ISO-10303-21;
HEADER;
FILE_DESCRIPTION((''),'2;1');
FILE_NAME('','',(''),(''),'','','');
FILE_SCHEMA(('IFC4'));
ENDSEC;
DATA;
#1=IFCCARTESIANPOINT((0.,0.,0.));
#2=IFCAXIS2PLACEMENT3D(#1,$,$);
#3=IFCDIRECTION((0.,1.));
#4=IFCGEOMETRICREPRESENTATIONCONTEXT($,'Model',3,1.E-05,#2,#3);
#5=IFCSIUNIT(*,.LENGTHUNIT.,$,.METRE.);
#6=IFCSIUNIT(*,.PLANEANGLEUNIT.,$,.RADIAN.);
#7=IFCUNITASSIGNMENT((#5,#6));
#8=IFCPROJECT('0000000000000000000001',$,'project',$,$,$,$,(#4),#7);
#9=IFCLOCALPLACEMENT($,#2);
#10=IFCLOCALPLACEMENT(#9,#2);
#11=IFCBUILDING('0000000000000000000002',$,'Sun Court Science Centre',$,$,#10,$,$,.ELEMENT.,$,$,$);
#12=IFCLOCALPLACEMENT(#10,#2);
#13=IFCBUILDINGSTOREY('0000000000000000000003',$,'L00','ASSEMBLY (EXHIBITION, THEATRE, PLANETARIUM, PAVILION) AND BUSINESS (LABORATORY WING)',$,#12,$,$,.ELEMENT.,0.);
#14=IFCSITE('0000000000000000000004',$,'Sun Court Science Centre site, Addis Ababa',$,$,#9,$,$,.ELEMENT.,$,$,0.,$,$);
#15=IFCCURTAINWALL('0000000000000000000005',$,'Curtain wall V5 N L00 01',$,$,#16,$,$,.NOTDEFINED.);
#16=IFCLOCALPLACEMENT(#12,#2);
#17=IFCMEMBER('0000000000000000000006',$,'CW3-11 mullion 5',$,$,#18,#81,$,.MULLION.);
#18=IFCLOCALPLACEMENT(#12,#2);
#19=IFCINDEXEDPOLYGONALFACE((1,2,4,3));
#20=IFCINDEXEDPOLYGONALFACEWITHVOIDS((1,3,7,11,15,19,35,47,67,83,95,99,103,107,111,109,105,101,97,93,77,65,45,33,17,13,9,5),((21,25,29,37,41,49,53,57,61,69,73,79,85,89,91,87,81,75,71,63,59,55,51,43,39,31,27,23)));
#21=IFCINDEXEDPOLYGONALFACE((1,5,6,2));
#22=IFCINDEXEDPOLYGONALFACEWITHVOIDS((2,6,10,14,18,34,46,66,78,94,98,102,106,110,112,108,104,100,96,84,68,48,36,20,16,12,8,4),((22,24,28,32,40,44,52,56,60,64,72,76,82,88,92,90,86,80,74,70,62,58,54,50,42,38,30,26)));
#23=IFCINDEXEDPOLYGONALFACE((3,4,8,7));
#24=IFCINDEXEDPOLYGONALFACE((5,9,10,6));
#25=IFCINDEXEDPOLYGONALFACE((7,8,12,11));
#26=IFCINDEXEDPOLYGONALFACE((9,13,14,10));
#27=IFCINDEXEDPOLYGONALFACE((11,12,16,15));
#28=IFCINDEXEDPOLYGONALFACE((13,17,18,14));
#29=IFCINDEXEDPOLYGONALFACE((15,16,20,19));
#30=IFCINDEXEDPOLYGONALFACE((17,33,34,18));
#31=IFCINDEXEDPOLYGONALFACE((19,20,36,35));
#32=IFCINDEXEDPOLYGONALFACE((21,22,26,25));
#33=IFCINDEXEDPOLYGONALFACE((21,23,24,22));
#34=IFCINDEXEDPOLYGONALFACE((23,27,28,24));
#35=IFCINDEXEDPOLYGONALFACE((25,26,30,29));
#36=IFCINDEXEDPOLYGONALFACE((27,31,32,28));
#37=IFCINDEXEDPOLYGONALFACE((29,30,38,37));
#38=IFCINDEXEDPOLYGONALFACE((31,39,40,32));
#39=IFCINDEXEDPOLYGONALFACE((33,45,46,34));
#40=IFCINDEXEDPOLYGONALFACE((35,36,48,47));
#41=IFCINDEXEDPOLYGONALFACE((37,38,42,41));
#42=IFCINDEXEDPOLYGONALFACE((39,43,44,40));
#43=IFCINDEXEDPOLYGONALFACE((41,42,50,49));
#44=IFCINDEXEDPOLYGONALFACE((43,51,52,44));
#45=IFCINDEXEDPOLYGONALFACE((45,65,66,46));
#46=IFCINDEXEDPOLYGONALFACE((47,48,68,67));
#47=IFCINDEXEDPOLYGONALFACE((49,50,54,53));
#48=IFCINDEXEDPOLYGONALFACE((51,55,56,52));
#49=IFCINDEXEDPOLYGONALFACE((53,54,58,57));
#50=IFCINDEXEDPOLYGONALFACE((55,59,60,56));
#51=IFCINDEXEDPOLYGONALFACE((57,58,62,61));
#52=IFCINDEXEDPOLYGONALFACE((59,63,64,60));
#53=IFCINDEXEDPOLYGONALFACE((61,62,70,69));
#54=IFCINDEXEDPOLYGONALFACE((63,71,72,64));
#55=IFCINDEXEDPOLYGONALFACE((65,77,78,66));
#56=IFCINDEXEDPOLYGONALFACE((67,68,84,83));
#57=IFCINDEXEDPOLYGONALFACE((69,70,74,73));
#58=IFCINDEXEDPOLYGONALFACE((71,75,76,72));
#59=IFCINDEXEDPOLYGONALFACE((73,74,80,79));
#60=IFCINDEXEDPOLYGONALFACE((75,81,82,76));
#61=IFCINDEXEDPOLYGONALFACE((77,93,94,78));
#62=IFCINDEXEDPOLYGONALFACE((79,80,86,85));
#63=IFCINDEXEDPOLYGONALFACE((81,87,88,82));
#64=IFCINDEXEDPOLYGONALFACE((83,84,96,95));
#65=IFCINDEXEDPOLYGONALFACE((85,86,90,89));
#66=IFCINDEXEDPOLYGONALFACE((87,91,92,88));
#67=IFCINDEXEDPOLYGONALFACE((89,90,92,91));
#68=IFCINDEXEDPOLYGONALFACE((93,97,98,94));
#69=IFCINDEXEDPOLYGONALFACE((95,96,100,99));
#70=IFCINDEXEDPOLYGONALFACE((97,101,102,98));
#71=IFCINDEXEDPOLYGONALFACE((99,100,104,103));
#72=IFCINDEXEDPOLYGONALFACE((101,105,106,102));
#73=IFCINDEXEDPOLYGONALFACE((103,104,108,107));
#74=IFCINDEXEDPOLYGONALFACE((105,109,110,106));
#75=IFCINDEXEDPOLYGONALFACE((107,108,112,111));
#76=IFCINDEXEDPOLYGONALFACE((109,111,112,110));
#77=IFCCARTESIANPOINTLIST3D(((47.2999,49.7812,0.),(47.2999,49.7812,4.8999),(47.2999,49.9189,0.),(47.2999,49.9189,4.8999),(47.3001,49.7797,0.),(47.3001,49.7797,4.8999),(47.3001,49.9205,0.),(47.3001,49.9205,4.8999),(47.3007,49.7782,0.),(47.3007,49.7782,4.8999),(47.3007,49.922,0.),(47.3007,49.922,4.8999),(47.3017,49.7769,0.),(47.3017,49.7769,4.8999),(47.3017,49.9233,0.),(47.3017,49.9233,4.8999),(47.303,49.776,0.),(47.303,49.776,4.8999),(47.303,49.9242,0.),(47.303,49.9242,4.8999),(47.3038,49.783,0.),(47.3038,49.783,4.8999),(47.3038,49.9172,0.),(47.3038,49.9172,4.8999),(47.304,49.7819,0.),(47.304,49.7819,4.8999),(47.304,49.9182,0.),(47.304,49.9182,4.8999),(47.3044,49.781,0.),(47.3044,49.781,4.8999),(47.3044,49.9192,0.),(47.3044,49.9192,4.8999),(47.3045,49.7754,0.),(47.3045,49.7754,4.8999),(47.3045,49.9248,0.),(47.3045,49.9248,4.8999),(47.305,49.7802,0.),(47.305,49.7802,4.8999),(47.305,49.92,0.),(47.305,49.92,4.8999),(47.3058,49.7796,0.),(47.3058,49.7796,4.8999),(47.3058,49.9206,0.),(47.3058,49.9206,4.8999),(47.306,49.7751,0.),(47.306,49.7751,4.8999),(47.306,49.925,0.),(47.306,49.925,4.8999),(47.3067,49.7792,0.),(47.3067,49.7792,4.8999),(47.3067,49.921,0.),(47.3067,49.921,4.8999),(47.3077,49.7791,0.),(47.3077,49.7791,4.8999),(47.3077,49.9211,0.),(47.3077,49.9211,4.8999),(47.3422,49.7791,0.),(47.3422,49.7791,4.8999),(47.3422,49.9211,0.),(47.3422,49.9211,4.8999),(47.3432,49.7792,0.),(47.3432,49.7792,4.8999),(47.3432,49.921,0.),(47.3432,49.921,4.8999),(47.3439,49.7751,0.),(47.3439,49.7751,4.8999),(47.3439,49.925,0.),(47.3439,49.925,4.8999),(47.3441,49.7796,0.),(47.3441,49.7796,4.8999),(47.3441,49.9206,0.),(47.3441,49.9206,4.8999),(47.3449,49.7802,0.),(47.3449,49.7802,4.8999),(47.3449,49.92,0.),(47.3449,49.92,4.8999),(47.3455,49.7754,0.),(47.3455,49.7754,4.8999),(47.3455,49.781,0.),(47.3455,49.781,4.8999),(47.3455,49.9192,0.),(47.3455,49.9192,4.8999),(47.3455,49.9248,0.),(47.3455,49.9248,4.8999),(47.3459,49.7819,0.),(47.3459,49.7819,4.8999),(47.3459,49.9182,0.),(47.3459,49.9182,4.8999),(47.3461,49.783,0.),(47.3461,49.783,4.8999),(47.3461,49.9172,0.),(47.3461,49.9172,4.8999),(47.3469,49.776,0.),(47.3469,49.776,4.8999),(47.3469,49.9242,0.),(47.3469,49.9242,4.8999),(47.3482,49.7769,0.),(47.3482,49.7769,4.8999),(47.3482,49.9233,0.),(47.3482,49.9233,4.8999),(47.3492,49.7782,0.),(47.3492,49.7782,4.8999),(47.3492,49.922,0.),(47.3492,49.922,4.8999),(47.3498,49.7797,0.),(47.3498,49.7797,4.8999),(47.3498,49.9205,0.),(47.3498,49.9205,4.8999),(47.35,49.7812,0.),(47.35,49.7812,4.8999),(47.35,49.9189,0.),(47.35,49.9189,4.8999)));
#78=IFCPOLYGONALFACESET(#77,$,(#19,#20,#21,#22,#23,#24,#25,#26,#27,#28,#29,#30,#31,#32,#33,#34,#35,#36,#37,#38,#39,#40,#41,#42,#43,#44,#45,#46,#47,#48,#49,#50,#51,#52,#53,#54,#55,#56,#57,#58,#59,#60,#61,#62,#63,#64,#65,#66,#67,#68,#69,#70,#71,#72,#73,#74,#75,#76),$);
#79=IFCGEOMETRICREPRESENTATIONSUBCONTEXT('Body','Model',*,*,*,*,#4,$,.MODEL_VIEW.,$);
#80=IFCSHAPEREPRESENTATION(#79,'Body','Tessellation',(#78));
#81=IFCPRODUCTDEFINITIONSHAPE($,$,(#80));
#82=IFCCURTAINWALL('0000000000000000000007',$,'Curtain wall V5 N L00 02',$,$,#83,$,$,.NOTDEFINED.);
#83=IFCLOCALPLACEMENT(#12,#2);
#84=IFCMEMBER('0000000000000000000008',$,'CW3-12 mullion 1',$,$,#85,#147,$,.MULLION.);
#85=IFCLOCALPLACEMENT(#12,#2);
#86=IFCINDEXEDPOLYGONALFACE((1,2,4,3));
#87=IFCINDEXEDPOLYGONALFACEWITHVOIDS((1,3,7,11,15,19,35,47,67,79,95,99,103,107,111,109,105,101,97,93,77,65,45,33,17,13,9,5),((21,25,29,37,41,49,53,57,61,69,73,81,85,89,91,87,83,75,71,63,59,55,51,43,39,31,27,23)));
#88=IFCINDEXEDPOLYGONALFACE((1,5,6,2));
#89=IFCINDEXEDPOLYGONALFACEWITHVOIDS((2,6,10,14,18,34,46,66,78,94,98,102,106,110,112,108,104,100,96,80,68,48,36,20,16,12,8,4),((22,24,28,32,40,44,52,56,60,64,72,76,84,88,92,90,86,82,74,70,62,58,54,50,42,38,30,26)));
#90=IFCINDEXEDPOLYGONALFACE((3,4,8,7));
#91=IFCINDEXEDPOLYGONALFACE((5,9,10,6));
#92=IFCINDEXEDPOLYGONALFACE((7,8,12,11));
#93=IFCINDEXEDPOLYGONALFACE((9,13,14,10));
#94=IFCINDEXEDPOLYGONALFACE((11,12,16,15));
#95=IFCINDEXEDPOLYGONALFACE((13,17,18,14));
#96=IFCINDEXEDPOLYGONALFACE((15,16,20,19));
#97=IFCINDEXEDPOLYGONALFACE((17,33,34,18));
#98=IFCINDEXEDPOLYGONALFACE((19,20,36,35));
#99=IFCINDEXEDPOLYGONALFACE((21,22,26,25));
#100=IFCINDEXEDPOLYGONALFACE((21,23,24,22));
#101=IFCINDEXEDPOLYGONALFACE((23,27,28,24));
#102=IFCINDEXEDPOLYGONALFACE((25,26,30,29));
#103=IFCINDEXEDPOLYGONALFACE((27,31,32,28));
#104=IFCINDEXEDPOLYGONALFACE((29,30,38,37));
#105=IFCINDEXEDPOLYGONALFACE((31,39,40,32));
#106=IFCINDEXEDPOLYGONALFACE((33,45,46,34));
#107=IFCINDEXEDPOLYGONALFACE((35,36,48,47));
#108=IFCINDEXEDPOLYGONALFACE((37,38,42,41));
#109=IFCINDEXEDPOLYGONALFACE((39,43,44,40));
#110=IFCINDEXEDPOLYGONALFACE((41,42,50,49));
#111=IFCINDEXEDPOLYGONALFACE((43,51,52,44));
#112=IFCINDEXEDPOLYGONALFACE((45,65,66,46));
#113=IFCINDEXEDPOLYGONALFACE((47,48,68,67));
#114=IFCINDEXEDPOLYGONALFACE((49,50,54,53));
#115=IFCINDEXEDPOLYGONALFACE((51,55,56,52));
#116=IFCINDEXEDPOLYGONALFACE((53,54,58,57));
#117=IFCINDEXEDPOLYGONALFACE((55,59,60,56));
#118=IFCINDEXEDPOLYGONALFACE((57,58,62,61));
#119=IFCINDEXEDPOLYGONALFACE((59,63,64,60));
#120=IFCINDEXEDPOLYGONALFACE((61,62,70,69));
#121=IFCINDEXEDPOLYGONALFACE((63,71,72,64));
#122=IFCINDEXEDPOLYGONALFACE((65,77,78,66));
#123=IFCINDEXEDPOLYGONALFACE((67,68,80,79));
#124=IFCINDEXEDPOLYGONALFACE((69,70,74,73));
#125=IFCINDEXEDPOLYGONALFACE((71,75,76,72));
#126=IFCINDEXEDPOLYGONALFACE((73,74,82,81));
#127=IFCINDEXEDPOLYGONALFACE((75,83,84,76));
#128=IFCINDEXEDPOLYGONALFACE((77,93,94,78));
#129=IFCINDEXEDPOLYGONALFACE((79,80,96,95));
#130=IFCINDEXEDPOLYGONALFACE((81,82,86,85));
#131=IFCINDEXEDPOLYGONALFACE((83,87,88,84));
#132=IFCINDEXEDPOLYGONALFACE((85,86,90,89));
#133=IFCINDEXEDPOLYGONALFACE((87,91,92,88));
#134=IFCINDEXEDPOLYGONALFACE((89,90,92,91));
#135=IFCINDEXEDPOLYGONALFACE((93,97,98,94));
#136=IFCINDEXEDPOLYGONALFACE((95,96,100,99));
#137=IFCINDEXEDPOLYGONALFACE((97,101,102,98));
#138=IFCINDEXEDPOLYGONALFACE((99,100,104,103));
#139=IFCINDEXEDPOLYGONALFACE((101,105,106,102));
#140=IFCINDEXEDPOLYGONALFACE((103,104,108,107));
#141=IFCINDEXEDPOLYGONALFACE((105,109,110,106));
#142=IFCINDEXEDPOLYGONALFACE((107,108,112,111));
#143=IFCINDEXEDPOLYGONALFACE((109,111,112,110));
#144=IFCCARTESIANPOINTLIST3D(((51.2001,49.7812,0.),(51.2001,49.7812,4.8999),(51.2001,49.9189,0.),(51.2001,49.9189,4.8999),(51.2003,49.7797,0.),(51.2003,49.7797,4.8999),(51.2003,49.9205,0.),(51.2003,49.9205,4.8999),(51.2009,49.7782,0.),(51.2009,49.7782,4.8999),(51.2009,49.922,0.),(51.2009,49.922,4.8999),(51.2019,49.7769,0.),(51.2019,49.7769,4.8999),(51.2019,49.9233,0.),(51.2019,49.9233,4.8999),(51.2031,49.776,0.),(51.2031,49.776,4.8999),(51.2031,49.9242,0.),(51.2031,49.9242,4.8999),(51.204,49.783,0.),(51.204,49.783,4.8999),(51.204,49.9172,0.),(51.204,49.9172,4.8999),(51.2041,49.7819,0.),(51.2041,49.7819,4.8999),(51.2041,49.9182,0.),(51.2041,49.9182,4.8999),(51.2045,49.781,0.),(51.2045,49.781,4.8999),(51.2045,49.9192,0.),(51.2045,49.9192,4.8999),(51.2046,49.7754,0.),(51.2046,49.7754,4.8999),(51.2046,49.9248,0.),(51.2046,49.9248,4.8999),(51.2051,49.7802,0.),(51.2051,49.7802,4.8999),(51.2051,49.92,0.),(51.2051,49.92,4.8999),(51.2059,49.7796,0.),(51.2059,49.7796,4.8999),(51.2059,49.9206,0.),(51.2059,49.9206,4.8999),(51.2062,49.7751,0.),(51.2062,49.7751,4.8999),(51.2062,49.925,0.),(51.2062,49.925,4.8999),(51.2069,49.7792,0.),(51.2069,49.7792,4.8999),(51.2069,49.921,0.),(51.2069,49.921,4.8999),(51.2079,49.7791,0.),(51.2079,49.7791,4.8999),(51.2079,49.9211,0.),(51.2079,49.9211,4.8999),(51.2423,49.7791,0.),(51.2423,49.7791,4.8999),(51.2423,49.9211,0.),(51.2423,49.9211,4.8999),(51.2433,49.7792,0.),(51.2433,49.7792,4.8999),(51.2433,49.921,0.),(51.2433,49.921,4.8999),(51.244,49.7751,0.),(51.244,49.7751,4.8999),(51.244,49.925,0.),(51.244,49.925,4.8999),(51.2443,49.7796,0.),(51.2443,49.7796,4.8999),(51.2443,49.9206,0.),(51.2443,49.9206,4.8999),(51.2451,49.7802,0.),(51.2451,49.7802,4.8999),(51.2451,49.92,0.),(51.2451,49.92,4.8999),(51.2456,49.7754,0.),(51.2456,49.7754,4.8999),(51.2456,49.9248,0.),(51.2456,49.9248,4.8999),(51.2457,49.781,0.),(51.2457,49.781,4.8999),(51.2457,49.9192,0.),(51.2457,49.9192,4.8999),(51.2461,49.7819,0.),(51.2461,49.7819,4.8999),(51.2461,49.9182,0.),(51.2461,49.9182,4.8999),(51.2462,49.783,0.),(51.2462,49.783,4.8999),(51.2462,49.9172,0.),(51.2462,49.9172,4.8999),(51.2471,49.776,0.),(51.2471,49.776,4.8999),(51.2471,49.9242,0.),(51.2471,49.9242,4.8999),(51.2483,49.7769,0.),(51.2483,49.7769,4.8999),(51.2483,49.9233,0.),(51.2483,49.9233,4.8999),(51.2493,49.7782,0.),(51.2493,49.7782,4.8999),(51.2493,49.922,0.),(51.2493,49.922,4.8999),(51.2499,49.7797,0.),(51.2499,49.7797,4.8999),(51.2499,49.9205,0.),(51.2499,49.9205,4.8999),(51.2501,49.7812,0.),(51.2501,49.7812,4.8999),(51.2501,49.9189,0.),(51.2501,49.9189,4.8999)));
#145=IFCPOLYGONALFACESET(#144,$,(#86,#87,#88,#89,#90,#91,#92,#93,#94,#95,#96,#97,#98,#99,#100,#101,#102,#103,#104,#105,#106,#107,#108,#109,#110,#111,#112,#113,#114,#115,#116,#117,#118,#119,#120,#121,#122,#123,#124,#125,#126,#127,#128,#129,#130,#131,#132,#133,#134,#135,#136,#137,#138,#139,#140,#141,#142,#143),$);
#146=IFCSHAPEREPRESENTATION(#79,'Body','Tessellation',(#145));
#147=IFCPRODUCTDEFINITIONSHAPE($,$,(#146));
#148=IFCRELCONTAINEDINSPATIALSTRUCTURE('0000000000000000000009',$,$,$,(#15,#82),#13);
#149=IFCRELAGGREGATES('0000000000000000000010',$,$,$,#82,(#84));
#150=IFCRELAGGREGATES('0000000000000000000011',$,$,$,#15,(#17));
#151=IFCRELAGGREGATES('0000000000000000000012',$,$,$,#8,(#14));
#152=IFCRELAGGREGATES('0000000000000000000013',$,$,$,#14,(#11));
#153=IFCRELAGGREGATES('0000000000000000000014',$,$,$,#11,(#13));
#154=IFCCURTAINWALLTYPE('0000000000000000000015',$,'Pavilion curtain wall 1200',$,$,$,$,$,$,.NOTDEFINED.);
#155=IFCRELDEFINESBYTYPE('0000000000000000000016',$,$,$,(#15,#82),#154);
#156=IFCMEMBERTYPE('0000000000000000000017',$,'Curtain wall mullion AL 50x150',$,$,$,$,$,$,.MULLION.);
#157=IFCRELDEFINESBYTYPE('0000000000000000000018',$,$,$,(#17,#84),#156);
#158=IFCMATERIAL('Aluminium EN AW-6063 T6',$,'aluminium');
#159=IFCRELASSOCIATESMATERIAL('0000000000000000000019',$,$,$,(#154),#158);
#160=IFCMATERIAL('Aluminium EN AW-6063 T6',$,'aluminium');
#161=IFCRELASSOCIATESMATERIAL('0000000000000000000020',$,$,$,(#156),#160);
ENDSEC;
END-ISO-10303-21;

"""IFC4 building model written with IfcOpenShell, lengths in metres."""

from ifc_helpers import new_model, si_unit, direction, frame, origin, origin_2d, place, context, subcontext, project, spatial, hollow_rectangle, extrude, material, material_profile, profile_set, type_object, element, aggregate, save


model = new_model("IFC4")

# Units and contexts
model_context = context("Model", 3, precision=1e-05, world=origin(), true_north=direction((0.0, 1.0)))
body_context = subcontext(model_context, "Body", "Model", "MODEL_VIEW")
ifc_project = project(units=[si_unit("LENGTHUNIT", "METRE"), si_unit("PLANEANGLEUNIT", "RADIAN")], contexts=[model_context])

# Site, building, storey
site_placement = place(None, origin())
site = spatial("IfcSite", under=ifc_project, at=site_placement, Name="Sun Court Science Centre site, Addis Ababa", CompositionType="ELEMENT", RefElevation=0.0)
building_placement = place(site_placement, origin())
building = spatial("IfcBuilding", under=site, at=building_placement, Name="Sun Court Science Centre", CompositionType="ELEMENT")
storey_placement = place(building_placement, origin())
storey = spatial("IfcBuildingStorey", under=building, at=storey_placement, Name="L00", Description="ASSEMBLY (EXHIBITION, THEATRE, PLANETARIUM, PAVILION) AND BUSINESS (LABORATORY WING)", CompositionType="ELEMENT", Elevation=0.0)

# Curtain wall, member
ifc_material_1 = material(Name="Aluminium EN AW-6063 T6", Category="aluminium")
curtain_wall_type = type_object("IfcCurtainWallType", Name="Pavilion curtain wall 1200", PredefinedType="NOTDEFINED", material=ifc_material_1)
curtain_wall_1_placement = place(storey_placement, origin())
curtain_wall_1 = element("IfcCurtainWall", 1, at=curtain_wall_1_placement, inside=storey, type_object=curtain_wall_type, Name="Curtain wall V5 N L00 01", PredefinedType="NOTDEFINED")
ifc_material_2 = material(Name="Aluminium EN AW-6063 T6", Category="aluminium")
ifc_material_profile_1 = material_profile(ifc_material_2, hollow_rectangle(XDim=0.05, YDim=0.1499, WallThickness=0.0039, InnerFilletRadius=0.0039, OuterFilletRadius=0.0061, at=origin_2d()), Name="AL 50x150x4")
ifc_profile_set_1 = profile_set([ifc_material_profile_1], Name="Aluminium EN AW-6063 T6")
member_type_1 = type_object("IfcMemberType", Name="Curtain wall mullion AL 50x150", PredefinedType="MULLION", material=ifc_profile_set_1)
member_1_placement = place(storey_placement, frame((47.325, 49.8501, 0.0), z_axis=(0.0, 0.0, 1.0), x_axis=(1.0, 0.0, 0.0)))
member_1 = element("IfcMember", 2, at=member_1_placement, type_object=member_type_1, Name="CW3-11 mullion 5", PredefinedType="MULLION", context=body_context, shape_type="SweptSolid", body=[
    extrude(hollow_rectangle(XDim=0.05, YDim=0.1499, WallThickness=0.0039, InnerFilletRadius=0.0039, OuterFilletRadius=0.0061, at=origin_2d()), origin(), (0.0, 0.0, 1.0), 4.8999),
])

# Curtain wall, member
curtain_wall_2_placement = place(storey_placement, origin())
curtain_wall_2 = element("IfcCurtainWall", 3, at=curtain_wall_2_placement, inside=storey, type_object=curtain_wall_type, Name="Curtain wall V5 N L00 02", PredefinedType="NOTDEFINED")
member_2_placement = place(storey_placement, frame((51.2251, 49.8501, 0.0), z_axis=(0.0, 0.0, 1.0), x_axis=(1.0, 0.0, 0.0)))
member_2 = element("IfcMember", 4, at=member_2_placement, type_object=member_type_1, Name="CW3-12 mullion 1", PredefinedType="MULLION", context=body_context, shape_type="SweptSolid", body=[
    extrude(hollow_rectangle(XDim=0.05, YDim=0.1499, WallThickness=0.0039, InnerFilletRadius=0.0039, OuterFilletRadius=0.0061, at=origin_2d()), origin(), (0.0, 0.0, 1.0), 4.8999),
])
aggregate(curtain_wall_2, [member_2])

aggregate(curtain_wall_1, [member_1])

save(model, "model.ifc")
